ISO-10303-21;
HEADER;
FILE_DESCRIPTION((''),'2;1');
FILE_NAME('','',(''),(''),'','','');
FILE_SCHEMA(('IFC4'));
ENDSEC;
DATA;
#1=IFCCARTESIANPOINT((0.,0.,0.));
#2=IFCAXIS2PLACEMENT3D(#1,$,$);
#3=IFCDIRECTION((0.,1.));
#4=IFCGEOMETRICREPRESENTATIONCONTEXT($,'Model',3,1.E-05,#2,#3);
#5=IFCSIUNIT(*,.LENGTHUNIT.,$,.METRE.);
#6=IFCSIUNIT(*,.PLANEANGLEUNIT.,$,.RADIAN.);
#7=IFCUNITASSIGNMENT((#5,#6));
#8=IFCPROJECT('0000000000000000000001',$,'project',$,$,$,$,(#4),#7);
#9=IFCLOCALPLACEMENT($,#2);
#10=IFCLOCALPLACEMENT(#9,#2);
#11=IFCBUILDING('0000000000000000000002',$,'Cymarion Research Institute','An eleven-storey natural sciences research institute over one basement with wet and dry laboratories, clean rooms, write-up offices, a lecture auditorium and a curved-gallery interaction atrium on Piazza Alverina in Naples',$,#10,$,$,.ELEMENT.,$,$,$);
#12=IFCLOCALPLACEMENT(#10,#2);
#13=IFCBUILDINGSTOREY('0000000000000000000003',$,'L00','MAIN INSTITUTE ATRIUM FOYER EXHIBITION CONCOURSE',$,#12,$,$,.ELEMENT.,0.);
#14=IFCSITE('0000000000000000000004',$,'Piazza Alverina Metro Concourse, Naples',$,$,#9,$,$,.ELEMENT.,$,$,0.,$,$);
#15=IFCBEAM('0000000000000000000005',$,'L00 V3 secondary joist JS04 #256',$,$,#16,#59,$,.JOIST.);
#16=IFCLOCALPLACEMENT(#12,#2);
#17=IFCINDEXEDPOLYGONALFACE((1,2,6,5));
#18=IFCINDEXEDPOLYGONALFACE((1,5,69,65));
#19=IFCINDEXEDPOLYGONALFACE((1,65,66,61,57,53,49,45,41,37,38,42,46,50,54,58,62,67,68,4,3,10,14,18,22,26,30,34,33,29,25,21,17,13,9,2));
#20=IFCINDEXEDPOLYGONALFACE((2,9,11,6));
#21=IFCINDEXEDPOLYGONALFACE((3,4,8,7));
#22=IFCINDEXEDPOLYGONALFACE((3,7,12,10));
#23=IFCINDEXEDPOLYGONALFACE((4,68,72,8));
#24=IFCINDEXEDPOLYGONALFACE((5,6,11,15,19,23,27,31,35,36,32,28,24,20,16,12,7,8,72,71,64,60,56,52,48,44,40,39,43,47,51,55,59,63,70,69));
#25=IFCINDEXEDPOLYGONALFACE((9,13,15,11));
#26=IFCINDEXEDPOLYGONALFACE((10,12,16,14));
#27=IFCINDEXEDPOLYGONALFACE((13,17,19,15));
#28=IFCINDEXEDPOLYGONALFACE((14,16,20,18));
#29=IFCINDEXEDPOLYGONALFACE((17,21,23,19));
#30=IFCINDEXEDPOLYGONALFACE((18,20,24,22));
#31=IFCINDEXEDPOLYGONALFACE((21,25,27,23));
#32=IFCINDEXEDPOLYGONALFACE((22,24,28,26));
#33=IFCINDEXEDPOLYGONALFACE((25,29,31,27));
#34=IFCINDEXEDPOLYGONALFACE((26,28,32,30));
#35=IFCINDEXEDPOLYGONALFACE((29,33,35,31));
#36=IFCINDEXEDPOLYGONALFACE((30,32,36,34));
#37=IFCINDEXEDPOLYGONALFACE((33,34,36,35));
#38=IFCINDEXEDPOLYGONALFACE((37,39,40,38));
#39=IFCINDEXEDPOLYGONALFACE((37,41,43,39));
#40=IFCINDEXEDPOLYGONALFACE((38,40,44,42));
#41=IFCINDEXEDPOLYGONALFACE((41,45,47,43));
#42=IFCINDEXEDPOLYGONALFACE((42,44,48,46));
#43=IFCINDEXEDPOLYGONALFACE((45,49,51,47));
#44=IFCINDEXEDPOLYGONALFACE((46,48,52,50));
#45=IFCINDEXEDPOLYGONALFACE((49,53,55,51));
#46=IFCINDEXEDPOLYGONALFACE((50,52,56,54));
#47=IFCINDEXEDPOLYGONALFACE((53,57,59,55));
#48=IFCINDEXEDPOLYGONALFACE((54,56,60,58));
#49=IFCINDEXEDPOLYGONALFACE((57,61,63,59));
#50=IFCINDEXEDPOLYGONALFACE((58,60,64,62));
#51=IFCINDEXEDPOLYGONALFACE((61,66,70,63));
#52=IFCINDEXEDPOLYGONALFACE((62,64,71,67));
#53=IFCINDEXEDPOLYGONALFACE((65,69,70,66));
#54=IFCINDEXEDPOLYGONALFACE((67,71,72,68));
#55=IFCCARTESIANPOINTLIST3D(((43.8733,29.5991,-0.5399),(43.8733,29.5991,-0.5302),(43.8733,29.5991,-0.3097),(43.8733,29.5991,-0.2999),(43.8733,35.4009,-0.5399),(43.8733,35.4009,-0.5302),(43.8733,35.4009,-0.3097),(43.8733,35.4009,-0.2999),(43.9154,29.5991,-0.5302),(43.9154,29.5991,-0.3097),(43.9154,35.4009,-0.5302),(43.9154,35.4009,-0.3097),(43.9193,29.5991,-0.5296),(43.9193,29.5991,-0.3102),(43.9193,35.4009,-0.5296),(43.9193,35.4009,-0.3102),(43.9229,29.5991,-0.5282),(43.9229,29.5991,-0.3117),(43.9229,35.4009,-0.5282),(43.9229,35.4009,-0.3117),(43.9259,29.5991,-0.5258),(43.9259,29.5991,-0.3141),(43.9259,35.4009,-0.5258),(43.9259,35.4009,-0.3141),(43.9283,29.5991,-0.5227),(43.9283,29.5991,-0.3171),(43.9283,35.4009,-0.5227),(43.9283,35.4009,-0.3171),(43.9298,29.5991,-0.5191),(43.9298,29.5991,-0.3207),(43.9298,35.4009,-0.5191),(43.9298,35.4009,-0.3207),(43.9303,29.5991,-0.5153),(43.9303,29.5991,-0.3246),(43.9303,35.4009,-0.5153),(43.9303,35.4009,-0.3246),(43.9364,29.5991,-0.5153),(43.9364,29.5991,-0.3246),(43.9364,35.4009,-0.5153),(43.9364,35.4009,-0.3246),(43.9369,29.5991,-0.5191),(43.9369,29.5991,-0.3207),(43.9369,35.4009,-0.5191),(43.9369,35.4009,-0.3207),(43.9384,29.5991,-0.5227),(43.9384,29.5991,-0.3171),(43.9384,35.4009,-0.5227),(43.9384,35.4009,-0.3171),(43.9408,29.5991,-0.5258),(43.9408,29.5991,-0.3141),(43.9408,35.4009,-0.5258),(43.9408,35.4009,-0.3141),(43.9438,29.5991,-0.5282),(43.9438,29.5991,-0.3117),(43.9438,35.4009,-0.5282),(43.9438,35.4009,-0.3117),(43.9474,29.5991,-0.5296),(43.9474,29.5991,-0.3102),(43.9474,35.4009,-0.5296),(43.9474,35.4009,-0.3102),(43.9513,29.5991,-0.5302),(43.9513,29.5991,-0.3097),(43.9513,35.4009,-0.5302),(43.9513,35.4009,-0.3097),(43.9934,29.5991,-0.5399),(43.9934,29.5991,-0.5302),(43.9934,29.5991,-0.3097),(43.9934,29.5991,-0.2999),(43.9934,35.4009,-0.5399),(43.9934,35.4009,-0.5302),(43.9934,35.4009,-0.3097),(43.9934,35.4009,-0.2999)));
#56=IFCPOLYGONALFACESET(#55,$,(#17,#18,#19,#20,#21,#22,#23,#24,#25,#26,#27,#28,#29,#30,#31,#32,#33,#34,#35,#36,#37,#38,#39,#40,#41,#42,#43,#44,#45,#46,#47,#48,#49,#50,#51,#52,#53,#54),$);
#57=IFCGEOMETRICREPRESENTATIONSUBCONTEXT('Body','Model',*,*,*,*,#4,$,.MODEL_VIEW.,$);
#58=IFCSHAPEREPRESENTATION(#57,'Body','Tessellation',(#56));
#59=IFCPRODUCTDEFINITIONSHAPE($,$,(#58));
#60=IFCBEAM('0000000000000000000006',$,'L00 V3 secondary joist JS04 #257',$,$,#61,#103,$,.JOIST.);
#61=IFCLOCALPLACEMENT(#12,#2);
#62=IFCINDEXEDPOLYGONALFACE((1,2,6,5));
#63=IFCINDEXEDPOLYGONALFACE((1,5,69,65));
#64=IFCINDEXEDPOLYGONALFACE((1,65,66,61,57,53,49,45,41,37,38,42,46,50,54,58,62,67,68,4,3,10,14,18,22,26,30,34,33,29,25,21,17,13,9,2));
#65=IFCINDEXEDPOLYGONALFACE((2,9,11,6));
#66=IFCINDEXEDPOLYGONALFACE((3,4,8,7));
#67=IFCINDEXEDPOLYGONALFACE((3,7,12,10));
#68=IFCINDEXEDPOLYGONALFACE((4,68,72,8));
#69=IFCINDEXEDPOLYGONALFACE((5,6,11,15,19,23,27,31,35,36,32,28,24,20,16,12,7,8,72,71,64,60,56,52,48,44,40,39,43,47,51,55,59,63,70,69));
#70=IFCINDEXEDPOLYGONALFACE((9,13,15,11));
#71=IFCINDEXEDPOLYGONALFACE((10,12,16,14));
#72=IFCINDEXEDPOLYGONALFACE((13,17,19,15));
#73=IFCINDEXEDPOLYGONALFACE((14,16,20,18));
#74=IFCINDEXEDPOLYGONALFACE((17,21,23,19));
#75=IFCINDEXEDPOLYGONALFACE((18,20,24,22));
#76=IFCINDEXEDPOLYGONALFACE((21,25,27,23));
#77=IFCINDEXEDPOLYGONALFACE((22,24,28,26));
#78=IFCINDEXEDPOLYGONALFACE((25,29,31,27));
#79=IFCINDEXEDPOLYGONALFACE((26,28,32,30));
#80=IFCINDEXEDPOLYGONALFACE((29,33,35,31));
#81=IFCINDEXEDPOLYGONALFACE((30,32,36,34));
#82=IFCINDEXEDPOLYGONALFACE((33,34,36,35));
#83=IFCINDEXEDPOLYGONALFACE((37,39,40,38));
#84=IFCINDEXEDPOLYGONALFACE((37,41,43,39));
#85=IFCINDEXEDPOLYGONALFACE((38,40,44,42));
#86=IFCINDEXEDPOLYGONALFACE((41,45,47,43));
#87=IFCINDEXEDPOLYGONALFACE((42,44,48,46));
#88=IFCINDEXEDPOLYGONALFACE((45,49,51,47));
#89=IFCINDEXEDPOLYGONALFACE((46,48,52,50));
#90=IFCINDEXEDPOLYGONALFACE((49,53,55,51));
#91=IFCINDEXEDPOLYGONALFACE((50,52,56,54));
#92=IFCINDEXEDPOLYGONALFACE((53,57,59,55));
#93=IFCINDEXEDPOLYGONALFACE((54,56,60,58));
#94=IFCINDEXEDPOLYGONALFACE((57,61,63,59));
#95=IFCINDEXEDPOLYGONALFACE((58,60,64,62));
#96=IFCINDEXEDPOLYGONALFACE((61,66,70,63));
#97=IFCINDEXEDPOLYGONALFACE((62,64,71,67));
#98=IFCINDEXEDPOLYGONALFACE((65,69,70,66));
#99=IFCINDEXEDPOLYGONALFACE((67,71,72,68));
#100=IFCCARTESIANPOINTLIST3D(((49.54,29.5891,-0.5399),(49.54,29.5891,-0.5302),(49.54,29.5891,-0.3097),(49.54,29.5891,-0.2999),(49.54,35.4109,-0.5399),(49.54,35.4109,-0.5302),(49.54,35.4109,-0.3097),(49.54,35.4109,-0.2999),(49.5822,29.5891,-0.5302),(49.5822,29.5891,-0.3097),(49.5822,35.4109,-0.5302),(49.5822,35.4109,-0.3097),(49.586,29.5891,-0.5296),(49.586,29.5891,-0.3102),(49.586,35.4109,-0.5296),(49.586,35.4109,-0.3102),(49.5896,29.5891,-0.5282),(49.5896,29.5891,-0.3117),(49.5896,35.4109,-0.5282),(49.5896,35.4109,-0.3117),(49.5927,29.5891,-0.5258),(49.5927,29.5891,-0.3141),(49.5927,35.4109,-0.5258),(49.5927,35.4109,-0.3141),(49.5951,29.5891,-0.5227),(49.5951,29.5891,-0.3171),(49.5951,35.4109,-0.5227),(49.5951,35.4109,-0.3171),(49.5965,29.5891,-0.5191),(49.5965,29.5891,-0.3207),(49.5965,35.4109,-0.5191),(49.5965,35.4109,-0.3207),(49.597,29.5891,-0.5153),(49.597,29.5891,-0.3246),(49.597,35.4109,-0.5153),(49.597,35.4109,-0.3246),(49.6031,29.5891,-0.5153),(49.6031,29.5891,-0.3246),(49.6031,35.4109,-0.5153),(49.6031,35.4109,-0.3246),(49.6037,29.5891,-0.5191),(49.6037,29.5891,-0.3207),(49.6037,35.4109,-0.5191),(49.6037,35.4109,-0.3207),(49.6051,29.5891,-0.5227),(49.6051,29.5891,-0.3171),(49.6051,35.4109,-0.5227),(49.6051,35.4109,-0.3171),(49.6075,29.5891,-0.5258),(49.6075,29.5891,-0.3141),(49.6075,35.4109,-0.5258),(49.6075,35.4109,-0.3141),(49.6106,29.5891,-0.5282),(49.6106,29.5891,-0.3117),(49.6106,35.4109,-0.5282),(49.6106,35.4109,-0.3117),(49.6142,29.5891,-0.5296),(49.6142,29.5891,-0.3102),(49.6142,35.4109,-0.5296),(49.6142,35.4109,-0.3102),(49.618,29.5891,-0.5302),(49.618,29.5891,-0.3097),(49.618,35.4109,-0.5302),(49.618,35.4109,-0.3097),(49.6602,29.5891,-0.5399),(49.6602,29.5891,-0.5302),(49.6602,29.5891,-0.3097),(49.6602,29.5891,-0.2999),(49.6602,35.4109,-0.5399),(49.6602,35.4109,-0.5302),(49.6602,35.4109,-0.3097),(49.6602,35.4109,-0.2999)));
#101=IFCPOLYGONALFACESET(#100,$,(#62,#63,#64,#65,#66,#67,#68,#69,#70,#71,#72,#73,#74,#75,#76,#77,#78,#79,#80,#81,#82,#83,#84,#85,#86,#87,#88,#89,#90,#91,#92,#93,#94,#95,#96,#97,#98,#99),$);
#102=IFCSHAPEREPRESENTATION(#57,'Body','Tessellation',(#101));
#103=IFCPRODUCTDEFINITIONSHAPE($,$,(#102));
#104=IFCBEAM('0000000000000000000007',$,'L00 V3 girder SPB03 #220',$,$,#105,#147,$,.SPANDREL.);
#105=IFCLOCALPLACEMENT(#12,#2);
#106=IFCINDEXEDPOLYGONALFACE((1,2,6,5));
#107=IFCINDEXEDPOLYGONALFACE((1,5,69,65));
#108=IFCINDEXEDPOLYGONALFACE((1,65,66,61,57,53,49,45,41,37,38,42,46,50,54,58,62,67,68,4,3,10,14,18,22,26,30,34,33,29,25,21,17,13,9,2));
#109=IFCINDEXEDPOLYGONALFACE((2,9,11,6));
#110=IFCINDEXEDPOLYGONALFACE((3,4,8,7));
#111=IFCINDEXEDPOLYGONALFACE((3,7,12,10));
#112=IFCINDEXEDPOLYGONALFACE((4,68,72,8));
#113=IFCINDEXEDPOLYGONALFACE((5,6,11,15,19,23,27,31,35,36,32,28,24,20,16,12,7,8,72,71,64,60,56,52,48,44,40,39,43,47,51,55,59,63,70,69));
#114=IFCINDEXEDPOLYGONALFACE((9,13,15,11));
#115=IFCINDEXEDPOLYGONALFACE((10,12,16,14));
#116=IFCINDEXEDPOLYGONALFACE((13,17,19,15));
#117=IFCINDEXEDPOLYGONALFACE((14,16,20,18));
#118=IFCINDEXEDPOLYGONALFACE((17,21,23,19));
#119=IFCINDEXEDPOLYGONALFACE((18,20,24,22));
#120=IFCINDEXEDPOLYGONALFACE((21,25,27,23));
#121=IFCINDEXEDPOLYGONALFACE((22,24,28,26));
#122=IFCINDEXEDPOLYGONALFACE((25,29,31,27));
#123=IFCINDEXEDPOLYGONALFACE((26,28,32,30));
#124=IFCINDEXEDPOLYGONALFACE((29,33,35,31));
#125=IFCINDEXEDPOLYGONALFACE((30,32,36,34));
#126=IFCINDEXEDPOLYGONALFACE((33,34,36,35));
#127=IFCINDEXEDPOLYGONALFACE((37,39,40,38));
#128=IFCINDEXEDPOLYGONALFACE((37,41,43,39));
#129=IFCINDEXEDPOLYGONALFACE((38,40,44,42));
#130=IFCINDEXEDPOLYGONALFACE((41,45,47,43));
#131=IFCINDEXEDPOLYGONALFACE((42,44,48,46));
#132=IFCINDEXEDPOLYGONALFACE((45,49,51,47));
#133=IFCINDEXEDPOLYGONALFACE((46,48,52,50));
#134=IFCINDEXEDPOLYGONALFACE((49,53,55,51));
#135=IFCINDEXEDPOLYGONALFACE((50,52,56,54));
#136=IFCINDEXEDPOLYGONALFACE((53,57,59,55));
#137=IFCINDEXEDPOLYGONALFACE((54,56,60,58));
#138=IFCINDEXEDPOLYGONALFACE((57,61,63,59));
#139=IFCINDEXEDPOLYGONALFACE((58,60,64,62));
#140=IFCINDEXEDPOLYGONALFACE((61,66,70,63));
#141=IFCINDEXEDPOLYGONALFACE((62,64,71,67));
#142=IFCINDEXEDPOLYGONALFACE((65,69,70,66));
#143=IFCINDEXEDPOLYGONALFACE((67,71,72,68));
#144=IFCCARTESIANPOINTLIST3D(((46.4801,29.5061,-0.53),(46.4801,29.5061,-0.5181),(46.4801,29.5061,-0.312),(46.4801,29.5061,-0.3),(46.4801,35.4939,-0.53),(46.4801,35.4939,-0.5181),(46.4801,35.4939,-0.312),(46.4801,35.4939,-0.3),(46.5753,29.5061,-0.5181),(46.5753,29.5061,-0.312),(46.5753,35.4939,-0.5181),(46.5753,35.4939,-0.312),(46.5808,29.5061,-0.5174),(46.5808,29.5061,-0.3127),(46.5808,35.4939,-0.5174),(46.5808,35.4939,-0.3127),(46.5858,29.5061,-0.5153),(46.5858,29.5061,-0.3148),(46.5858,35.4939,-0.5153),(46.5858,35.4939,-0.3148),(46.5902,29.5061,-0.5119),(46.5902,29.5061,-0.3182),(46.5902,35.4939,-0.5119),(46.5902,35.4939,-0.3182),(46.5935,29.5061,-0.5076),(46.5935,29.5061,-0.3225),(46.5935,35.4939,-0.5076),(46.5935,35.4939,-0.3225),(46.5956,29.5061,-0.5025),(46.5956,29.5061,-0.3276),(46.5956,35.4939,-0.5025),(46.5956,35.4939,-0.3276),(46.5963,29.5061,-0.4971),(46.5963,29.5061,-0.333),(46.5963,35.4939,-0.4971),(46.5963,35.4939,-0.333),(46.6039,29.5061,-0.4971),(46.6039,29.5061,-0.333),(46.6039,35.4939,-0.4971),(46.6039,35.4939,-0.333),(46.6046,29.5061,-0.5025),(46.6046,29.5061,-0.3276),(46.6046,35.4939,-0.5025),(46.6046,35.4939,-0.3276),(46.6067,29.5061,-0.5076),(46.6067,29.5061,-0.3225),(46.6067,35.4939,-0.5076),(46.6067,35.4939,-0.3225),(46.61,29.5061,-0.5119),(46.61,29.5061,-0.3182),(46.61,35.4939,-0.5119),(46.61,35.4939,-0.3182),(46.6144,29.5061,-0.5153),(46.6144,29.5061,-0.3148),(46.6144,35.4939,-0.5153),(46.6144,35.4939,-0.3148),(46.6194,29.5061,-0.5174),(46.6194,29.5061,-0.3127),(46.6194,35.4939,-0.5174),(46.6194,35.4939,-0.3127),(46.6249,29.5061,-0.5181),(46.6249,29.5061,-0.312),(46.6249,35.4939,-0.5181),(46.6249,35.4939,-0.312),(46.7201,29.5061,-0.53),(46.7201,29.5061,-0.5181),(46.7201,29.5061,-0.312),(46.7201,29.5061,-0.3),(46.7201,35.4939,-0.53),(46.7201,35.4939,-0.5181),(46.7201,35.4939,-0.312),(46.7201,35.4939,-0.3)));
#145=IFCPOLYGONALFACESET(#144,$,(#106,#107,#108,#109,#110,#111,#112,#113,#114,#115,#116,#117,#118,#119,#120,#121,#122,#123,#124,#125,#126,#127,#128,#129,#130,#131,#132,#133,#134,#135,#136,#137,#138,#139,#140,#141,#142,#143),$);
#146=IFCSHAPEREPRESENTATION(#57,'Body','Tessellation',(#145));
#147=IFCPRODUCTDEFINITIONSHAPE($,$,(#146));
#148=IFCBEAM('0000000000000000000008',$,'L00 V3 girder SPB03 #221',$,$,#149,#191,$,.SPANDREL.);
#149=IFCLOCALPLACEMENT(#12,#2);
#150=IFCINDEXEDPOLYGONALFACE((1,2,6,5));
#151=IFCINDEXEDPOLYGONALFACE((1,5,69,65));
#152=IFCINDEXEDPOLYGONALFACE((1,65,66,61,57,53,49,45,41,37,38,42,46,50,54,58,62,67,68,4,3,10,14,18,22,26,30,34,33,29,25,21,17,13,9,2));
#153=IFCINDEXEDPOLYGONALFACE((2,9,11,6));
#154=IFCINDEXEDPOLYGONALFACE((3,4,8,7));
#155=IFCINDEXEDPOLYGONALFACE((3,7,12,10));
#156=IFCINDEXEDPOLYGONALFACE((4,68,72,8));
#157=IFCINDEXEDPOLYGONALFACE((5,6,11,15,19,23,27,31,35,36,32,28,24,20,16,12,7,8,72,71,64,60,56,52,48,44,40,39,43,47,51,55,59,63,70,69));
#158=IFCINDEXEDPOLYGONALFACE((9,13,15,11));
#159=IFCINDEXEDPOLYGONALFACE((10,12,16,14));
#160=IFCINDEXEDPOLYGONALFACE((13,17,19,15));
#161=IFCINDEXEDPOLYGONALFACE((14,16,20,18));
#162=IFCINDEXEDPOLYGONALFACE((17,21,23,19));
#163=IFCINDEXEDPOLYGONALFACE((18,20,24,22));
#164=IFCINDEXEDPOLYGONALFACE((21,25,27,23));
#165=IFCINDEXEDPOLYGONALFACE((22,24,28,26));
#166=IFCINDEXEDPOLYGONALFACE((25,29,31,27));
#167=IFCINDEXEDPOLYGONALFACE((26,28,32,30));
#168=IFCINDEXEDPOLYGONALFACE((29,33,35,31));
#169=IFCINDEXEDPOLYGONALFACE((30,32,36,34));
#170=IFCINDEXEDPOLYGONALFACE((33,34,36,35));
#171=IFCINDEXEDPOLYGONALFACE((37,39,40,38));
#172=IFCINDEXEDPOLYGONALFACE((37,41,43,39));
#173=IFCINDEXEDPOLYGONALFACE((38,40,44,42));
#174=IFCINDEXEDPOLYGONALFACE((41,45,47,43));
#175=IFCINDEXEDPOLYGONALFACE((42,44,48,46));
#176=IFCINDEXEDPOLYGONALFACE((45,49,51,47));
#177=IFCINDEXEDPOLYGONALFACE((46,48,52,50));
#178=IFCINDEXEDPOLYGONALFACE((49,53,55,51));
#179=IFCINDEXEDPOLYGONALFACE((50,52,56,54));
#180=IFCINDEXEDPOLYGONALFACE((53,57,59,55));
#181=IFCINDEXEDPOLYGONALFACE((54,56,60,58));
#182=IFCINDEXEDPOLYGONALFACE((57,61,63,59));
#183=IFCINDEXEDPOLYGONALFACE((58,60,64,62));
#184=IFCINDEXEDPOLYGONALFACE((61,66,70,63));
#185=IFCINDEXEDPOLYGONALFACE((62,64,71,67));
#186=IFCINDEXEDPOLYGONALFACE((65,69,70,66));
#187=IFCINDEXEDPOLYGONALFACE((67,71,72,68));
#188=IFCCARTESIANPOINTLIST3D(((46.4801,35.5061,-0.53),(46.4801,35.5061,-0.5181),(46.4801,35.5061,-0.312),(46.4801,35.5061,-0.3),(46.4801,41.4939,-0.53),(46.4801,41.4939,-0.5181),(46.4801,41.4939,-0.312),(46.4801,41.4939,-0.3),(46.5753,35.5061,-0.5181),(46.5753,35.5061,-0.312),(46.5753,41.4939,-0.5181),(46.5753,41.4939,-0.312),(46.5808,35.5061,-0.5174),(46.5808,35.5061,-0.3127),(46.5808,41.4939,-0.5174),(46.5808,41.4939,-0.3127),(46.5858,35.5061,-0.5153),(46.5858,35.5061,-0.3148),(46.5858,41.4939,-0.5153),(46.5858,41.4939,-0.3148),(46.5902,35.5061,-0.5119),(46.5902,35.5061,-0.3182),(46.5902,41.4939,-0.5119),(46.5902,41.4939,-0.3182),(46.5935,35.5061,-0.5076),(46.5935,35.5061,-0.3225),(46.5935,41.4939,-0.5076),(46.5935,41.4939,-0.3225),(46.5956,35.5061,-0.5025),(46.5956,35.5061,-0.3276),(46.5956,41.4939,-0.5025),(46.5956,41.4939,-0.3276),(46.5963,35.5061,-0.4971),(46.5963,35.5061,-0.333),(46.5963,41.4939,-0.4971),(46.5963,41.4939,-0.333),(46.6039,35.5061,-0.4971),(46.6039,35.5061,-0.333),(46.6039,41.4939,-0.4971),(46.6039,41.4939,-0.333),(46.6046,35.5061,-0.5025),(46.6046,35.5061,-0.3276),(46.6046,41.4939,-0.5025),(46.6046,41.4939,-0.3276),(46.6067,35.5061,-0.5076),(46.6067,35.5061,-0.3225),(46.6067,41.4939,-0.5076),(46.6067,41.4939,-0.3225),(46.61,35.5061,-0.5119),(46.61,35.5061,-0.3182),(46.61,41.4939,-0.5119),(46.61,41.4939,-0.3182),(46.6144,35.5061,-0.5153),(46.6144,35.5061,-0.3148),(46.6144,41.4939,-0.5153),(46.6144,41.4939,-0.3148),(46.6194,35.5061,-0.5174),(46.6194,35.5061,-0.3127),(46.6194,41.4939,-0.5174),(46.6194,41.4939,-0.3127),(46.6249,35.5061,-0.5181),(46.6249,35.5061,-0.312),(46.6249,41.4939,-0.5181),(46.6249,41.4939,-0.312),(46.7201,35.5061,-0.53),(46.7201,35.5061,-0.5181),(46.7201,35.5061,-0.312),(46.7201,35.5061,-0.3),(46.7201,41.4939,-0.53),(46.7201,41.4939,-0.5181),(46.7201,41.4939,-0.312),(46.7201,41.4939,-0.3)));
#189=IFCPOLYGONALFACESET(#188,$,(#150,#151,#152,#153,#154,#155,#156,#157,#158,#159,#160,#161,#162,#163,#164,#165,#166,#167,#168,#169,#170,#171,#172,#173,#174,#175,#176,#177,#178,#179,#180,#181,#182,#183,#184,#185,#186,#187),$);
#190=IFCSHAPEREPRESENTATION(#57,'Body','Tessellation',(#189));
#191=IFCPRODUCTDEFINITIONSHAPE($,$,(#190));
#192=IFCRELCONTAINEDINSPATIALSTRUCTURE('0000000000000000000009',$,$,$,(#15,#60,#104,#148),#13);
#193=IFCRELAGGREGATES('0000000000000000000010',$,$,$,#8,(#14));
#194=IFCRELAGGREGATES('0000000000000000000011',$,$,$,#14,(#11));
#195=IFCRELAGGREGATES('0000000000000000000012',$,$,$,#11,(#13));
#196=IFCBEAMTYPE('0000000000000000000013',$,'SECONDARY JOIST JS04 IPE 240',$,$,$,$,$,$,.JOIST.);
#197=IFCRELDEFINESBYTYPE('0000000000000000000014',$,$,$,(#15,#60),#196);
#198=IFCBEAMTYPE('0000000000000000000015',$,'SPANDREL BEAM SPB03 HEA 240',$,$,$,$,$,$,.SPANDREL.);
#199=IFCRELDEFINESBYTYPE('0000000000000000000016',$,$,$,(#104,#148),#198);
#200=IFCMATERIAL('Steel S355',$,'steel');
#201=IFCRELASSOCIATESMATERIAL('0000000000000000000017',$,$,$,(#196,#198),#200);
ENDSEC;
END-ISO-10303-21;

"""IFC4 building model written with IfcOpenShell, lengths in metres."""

from ifc_helpers import new_model, si_unit, direction, frame, origin, origin_2d, place, context, subcontext, project, spatial, i_section, extrude, material, material_profile, profile_set, type_object, element, save


model = new_model("IFC4")

# Units and contexts
model_context = context("Model", 3, precision=1e-05, world=origin(), true_north=direction((0.0, 1.0)))
body_context = subcontext(model_context, "Body", "Model", "MODEL_VIEW")
ifc_project = project(units=[si_unit("LENGTHUNIT", "METRE"), si_unit("PLANEANGLEUNIT", "RADIAN")], contexts=[model_context])

# Site, building, storey
site_placement = place(None, origin())
site = spatial("IfcSite", under=ifc_project, at=site_placement, Name="Piazza Alverina Metro Concourse, Naples", CompositionType="ELEMENT", RefElevation=0.0)
building_placement = place(site_placement, origin())
building = spatial("IfcBuilding", under=site, at=building_placement, Name="Cymarion Research Institute", Description="An eleven-storey natural sciences research institute over one basement with wet and dry laboratories, clean rooms, write-up offices, a lecture auditorium and a curved-gallery interaction atrium on Piazza Alverina in Naples", CompositionType="ELEMENT")
storey_placement = place(building_placement, origin())
storey = spatial("IfcBuildingStorey", under=building, at=storey_placement, Name="L00", Description="MAIN INSTITUTE ATRIUM FOYER EXHIBITION CONCOURSE", CompositionType="ELEMENT", Elevation=0.0)

# Shared definitions
ifc_material_1 = material(Name="Steel S355", Category="steel")

# Beams
ifc_material_profile_1 = material_profile(ifc_material_1, i_section(OverallWidth=0.1201, OverallDepth=0.24, WebThickness=0.0061, FlangeThickness=0.0098, FilletRadius=0.0149, at=origin_2d()), Name="IPE 240")
ifc_profile_set_1 = profile_set([ifc_material_profile_1], Name="Steel S355")
beam_type_1 = type_object("IfcBeamType", Name="SECONDARY JOIST JS04 IPE 240", PredefinedType="JOIST", material=ifc_profile_set_1)
beam_1_placement = place(storey_placement, frame((43.9333, 29.5991, -0.4199), z_axis=(0.0, 1.0, 0.0), x_axis=(-1.0, 0.0, 0.0)))
element("IfcBeam", 1, at=beam_1_placement, inside=storey, type_object=beam_type_1, Name="L00 V3 secondary joist JS04 #256", PredefinedType="JOIST", context=body_context, shape_type="SweptSolid", body=[
    extrude(i_section(OverallWidth=0.1201, OverallDepth=0.24, WebThickness=0.0061, FlangeThickness=0.0098, FilletRadius=0.0149, at=origin_2d()), origin(), (0.0, 0.0, 1.0), 5.8018),
])
beam_2_placement = place(storey_placement, frame((49.6001, 29.5891, -0.4199), z_axis=(0.0, 1.0, 0.0), x_axis=(-1.0, 0.0, 0.0)))
element("IfcBeam", 2, at=beam_2_placement, inside=storey, type_object=beam_type_1, Name="L00 V3 secondary joist JS04 #257", PredefinedType="JOIST", context=body_context, shape_type="SweptSolid", body=[
    extrude(i_section(OverallWidth=0.1201, OverallDepth=0.24, WebThickness=0.0061, FlangeThickness=0.0098, FilletRadius=0.0149, at=origin_2d()), origin(), (0.0, 0.0, 1.0), 5.8218),
])
ifc_material_profile_2 = material_profile(ifc_material_1, i_section(OverallWidth=0.24, OverallDepth=0.23, WebThickness=0.0076, FlangeThickness=0.012, FilletRadius=0.021, at=origin_2d()), Name="HEA 240")
ifc_profile_set_2 = profile_set([ifc_material_profile_2], Name="Steel S355")
beam_type_2 = type_object("IfcBeamType", Name="SPANDREL BEAM SPB03 HEA 240", PredefinedType="SPANDREL", material=ifc_profile_set_2)
for number, where, z_axis, x_axis, name in (
    (3, (46.6001, 29.5061, -0.415), (0.0, 1.0, 0.0), (-1.0, 0.0, 0.0), "L00 V3 girder SPB03 #220"),
    (4, (46.6001, 35.5061, -0.415), (0.0, 1.0, 0.0), (-1.0, 0.0, 0.0), "L00 V3 girder SPB03 #221"),
):
    element("IfcBeam", number, at=place(storey_placement, frame(where, z_axis=z_axis, x_axis=x_axis)), inside=storey, type_object=beam_type_2, Name=name, PredefinedType="SPANDREL", context=body_context, shape_type="SweptSolid", body=[
        extrude(i_section(OverallWidth=0.24, OverallDepth=0.23, WebThickness=0.0076, FlangeThickness=0.012, FilletRadius=0.021, at=origin_2d()), origin(), (0.0, 0.0, 1.0), 5.9878),
    ])

save(model, "model.ifc")
